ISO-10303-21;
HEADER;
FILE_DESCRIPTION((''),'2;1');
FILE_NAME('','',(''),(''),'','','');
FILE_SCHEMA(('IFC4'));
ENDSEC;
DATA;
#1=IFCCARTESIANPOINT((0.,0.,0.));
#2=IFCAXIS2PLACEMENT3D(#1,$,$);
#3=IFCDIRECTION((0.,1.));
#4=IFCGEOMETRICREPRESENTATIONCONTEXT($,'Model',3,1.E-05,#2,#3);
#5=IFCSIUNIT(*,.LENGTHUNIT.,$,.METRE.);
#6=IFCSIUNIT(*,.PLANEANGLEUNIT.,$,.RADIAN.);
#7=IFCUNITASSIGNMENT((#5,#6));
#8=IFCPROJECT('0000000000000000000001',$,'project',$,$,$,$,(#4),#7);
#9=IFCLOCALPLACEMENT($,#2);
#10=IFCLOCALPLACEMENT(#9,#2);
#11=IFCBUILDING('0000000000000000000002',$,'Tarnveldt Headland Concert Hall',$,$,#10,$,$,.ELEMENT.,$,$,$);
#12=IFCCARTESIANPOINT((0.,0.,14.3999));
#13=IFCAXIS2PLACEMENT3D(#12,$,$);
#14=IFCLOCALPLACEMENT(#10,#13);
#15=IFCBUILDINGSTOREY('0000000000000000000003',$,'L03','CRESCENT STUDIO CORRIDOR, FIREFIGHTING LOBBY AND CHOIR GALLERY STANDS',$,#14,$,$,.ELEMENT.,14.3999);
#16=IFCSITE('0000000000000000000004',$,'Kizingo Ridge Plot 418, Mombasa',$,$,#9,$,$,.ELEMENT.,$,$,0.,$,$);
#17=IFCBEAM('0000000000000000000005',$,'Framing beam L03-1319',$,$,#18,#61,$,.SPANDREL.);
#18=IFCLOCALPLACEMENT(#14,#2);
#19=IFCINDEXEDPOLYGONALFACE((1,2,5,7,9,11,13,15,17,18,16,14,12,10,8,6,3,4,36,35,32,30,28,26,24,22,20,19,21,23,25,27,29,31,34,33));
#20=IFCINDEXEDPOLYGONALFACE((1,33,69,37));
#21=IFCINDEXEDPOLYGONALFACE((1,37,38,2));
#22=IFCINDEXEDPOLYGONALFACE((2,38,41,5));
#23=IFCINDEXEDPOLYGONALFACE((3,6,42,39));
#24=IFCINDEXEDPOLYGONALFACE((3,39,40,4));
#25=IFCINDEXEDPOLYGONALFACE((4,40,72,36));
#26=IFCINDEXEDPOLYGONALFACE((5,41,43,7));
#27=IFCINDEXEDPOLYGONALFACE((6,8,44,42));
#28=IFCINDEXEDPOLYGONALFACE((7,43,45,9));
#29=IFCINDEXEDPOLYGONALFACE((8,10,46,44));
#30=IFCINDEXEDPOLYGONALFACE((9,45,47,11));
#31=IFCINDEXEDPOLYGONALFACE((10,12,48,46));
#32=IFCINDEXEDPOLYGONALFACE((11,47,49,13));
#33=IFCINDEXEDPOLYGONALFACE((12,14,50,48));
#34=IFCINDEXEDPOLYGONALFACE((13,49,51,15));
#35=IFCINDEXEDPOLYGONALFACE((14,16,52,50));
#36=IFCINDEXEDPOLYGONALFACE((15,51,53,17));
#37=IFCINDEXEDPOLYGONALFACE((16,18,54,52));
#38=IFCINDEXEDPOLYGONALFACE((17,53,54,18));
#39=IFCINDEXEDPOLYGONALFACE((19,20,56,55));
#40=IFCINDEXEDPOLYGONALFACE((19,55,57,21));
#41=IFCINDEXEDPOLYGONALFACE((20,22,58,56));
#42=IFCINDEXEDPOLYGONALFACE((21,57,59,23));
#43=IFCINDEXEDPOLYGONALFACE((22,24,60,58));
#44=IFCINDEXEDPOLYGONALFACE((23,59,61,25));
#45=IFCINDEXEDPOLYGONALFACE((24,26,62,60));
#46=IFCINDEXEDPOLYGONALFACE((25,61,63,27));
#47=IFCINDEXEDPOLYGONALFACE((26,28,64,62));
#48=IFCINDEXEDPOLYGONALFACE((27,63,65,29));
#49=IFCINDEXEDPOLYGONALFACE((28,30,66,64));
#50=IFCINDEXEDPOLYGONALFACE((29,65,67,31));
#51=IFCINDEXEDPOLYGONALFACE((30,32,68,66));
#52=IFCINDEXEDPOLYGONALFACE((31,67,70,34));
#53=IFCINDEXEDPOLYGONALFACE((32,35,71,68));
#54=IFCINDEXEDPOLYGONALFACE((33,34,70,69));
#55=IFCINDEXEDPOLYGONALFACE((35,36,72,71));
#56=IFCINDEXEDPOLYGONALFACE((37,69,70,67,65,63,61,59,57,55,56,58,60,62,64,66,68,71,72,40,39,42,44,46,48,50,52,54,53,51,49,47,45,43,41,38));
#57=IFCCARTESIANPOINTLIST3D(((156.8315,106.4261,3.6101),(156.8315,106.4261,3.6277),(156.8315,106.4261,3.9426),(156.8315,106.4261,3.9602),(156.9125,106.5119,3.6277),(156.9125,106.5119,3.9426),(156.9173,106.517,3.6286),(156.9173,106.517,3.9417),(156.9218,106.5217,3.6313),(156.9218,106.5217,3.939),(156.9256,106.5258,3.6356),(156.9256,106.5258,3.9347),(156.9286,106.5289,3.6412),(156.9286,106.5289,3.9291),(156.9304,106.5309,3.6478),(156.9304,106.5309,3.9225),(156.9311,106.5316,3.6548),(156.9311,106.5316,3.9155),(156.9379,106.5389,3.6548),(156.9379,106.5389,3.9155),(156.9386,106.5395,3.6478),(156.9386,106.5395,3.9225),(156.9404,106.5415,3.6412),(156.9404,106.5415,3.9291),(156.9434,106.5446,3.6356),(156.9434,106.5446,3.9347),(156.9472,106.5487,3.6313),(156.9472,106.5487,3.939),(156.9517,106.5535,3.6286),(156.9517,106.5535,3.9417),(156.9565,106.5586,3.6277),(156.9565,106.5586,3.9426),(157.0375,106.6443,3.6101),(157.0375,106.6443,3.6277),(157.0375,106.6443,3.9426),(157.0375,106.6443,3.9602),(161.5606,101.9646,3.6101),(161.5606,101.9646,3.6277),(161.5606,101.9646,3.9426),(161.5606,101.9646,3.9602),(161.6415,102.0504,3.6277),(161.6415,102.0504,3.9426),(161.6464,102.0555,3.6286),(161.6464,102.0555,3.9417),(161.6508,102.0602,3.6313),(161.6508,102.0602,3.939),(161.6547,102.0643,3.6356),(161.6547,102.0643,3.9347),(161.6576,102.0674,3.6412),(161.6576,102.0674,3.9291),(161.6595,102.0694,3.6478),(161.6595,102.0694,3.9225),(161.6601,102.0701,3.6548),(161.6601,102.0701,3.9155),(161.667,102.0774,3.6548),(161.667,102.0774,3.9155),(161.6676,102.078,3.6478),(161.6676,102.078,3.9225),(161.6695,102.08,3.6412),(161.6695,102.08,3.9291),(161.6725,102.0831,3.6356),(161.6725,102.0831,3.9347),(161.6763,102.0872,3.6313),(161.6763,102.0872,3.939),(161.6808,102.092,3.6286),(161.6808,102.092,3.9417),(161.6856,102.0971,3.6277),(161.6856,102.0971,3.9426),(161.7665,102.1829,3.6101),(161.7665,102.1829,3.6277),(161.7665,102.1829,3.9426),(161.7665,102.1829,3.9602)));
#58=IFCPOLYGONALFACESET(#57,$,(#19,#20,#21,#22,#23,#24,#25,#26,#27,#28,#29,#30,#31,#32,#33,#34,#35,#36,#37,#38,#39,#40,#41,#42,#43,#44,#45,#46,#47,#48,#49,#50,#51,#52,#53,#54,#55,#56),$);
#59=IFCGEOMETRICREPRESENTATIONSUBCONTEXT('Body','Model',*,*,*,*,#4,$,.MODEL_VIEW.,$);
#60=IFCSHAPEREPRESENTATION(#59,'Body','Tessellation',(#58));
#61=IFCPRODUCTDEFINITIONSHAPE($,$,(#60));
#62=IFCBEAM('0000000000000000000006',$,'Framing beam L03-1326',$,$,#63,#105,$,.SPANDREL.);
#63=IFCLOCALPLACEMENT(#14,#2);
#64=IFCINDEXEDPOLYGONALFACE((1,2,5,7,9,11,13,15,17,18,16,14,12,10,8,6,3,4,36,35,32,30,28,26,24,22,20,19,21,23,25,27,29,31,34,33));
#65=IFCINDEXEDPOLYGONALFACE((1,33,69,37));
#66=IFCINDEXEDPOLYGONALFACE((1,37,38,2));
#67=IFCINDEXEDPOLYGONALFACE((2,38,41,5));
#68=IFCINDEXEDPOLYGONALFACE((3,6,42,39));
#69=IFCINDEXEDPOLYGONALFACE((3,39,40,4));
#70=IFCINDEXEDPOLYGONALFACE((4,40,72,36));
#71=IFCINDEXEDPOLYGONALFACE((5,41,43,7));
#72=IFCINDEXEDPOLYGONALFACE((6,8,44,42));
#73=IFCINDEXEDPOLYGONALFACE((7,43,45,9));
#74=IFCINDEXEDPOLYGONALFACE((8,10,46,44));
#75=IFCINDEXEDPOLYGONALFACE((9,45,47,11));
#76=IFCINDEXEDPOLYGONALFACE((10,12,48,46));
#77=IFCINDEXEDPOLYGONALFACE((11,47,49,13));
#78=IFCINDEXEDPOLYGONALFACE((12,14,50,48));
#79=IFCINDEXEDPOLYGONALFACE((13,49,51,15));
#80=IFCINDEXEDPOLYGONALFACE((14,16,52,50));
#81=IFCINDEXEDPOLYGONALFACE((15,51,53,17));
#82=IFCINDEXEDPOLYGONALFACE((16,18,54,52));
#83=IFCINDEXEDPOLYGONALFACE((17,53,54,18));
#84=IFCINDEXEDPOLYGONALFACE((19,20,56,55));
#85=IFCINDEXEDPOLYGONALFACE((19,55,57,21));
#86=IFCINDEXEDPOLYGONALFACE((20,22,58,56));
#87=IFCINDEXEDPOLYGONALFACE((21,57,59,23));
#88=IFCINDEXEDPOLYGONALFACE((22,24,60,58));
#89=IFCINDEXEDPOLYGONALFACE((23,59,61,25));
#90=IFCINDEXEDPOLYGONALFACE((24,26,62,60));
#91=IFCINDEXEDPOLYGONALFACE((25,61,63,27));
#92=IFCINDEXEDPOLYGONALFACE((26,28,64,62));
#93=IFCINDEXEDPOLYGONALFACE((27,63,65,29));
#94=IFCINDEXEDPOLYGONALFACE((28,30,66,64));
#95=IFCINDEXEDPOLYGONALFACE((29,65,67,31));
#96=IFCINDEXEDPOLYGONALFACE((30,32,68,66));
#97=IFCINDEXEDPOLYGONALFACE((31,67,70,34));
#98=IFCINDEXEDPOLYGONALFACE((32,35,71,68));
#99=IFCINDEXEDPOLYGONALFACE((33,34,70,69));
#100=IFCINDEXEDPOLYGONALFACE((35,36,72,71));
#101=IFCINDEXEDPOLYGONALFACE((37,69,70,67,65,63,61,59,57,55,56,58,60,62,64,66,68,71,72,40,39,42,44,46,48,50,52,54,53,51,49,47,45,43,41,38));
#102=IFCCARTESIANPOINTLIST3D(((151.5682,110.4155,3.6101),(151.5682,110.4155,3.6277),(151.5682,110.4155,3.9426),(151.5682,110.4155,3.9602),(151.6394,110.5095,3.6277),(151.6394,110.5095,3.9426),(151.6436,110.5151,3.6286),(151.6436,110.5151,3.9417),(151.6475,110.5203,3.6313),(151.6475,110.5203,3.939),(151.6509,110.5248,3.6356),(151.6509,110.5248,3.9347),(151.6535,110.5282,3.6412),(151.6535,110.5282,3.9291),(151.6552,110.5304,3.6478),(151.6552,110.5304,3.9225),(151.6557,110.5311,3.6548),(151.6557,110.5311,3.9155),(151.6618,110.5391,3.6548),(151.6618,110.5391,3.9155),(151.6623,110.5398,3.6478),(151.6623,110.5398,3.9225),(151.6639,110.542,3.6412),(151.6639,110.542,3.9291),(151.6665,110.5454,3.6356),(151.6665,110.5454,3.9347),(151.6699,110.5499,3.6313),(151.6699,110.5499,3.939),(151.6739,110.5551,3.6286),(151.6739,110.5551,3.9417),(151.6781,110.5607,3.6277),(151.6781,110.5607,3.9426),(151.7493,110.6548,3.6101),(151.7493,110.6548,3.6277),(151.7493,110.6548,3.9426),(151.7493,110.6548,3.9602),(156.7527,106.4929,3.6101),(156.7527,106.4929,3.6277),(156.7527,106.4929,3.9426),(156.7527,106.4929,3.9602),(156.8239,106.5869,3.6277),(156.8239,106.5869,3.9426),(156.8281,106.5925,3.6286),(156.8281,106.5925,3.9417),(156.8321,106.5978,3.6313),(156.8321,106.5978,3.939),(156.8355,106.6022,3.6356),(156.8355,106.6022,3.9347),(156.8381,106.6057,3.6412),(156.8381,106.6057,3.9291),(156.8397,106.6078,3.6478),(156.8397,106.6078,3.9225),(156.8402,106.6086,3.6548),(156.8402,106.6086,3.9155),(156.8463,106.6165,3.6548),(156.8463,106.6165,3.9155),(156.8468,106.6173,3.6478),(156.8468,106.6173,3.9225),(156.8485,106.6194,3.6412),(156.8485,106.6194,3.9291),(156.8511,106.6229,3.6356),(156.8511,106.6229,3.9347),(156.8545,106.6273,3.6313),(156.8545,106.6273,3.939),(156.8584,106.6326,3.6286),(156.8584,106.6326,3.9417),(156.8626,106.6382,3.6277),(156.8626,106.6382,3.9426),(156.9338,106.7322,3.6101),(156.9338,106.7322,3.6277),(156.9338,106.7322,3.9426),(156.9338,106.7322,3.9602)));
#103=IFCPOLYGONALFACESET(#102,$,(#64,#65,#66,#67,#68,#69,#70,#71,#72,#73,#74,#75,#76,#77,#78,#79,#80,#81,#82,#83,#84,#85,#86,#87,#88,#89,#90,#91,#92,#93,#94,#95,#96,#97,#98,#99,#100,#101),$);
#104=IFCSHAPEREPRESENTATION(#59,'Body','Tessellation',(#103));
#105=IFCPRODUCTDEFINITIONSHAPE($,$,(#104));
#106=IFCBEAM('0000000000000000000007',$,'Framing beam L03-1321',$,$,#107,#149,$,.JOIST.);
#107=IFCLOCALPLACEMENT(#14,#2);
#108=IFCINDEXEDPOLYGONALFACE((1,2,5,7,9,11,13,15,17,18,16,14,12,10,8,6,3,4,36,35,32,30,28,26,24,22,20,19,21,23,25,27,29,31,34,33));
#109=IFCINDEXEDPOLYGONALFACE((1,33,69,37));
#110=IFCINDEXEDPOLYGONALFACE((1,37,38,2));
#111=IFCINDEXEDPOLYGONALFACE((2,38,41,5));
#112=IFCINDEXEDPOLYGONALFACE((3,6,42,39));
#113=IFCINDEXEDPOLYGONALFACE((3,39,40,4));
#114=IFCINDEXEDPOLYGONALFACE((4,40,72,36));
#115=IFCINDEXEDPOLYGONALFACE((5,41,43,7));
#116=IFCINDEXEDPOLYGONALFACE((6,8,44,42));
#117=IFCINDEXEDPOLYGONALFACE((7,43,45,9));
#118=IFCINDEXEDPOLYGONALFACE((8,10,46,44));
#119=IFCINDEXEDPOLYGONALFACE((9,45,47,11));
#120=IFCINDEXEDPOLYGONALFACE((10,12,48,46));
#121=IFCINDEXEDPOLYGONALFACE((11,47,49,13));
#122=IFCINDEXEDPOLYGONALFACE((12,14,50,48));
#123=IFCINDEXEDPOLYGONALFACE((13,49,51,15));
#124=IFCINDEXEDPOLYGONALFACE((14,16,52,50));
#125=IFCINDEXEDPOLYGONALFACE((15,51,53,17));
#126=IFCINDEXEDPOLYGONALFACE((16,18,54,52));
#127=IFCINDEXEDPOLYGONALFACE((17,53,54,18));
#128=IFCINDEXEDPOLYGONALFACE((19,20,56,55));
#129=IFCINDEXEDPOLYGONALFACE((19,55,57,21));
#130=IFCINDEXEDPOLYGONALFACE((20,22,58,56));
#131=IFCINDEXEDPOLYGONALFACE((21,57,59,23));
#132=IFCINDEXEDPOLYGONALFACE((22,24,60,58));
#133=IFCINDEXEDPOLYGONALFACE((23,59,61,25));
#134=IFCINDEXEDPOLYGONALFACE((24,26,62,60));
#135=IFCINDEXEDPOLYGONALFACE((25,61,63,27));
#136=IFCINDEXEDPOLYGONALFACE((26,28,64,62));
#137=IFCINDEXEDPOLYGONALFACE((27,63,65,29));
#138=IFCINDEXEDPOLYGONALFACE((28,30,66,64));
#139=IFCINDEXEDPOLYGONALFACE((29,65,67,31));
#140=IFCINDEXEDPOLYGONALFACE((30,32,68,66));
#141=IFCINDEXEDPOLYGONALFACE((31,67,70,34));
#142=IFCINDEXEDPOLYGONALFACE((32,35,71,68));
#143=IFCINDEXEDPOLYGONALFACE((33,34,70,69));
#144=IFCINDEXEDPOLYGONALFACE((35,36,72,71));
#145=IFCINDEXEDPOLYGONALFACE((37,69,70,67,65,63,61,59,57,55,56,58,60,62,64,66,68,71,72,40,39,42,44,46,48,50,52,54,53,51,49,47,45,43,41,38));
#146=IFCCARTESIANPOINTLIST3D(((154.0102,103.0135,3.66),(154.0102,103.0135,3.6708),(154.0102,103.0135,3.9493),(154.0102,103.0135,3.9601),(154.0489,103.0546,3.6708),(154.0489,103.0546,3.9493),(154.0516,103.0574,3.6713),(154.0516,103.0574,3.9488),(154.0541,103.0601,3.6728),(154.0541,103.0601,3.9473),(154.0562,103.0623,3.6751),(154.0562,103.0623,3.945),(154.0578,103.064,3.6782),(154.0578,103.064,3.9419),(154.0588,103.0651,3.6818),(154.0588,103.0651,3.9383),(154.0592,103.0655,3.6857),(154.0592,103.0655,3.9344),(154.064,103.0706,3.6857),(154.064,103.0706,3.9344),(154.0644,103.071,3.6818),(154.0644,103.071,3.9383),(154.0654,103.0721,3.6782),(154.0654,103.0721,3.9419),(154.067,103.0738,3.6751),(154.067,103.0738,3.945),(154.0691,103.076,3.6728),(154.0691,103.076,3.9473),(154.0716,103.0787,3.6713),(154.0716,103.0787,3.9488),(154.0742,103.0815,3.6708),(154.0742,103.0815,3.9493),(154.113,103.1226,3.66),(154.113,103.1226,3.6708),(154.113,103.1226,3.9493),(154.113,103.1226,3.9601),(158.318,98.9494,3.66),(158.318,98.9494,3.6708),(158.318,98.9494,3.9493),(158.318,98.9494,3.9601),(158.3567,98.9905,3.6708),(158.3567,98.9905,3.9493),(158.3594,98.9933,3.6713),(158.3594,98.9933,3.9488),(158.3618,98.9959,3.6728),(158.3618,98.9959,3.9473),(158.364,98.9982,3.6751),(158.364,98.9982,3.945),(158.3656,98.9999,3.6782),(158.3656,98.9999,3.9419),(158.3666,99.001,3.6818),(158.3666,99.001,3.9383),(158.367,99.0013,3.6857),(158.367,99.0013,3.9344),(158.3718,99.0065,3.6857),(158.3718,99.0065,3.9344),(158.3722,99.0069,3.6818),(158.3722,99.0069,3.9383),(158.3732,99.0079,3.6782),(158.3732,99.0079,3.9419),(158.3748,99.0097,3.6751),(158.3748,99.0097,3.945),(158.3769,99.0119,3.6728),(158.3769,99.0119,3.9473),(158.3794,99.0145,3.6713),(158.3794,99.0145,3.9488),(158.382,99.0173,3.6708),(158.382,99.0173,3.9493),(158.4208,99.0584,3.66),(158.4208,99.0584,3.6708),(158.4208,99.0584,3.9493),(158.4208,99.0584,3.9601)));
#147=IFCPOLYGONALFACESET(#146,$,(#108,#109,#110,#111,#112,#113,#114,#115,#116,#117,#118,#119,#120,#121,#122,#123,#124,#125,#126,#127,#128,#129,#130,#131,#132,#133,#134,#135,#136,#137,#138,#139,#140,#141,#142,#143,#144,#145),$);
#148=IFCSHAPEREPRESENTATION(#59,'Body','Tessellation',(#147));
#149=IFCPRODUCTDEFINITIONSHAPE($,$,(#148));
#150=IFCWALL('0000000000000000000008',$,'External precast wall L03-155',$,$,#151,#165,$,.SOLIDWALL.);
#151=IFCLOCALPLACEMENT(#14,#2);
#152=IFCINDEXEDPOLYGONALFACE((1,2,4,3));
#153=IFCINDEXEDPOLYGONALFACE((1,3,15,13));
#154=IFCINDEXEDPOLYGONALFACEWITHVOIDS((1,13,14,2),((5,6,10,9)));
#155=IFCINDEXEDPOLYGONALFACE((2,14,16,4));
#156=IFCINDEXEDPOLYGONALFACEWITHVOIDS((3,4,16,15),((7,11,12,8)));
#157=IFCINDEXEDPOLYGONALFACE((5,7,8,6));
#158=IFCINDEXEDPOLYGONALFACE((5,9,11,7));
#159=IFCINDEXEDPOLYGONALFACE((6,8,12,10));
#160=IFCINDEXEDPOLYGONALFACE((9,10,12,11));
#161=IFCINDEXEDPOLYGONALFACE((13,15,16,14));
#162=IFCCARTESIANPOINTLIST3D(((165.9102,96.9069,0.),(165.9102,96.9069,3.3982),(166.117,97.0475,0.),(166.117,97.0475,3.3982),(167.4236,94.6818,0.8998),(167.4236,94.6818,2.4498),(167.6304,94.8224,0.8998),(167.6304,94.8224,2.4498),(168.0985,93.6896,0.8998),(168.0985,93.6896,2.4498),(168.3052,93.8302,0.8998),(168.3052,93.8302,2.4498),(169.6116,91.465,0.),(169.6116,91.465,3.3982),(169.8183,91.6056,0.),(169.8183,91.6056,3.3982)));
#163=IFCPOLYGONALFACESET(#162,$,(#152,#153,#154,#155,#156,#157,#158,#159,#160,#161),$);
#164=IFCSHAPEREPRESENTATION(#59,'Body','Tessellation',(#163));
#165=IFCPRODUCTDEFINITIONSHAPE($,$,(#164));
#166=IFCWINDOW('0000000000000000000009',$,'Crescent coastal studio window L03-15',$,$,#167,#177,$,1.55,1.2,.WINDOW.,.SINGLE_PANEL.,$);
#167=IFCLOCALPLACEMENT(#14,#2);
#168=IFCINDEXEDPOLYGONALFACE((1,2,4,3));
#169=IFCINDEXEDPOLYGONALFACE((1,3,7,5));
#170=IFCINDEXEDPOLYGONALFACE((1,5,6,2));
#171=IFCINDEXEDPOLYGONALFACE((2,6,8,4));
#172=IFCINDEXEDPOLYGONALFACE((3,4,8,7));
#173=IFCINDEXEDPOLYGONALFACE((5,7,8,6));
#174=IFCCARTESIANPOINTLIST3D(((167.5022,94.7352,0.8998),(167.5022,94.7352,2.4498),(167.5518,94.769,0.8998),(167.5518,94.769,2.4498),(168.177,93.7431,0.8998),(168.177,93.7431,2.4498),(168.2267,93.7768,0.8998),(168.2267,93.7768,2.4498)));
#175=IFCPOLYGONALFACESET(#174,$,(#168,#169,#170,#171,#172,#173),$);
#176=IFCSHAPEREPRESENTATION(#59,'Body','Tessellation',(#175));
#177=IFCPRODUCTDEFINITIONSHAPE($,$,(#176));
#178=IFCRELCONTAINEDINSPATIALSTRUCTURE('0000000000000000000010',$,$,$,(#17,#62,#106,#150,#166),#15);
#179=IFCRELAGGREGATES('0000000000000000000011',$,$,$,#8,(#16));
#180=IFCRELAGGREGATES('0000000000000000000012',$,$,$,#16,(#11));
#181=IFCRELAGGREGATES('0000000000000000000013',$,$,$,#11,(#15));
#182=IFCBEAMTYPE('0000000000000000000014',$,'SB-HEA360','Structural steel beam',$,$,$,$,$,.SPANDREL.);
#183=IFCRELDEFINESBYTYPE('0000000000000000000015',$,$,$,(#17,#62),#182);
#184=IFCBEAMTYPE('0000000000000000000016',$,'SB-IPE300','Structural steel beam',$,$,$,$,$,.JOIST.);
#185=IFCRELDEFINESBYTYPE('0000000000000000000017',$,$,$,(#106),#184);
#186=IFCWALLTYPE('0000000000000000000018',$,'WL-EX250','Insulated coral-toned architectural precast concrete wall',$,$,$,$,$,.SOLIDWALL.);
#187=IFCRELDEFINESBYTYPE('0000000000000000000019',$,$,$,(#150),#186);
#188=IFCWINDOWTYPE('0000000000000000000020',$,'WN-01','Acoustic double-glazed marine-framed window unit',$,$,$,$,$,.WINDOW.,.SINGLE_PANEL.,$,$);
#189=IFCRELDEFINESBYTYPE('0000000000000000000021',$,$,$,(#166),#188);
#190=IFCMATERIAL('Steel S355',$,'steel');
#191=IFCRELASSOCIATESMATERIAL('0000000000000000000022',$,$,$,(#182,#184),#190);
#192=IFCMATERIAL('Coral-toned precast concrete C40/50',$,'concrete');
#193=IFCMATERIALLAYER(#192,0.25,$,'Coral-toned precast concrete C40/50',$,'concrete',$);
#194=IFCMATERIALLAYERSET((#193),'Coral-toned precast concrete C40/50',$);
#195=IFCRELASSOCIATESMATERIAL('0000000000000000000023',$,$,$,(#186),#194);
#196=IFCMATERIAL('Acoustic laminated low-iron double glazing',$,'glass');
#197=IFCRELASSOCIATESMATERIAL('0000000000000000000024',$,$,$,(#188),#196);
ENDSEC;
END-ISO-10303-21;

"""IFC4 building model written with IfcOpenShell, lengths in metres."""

from ifc_helpers import new_model, si_unit, direction, frame, frame_2d, origin, origin_2d, place, context, subcontext, project, spatial, rectangle, i_section, extrude, material, layer, layer_set, material_profile, profile_set, type_object, element, fill, save


model = new_model("IFC4")

# Units and contexts
model_context = context("Model", 3, precision=1e-05, world=origin(), true_north=direction((0.0, 1.0)))
body_context = subcontext(model_context, "Body", "Model", "MODEL_VIEW")
ifc_project = project(units=[si_unit("LENGTHUNIT", "METRE"), si_unit("PLANEANGLEUNIT", "RADIAN")], contexts=[model_context])

# Site, building, storey
site_placement = place(None, origin())
site = spatial("IfcSite", under=ifc_project, at=site_placement, Name="Kizingo Ridge Plot 418, Mombasa", CompositionType="ELEMENT", RefElevation=0.0)
building_placement = place(site_placement, origin())
building = spatial("IfcBuilding", under=site, at=building_placement, Name="Tarnveldt Headland Concert Hall", CompositionType="ELEMENT")
storey_placement = place(building_placement, frame((0.0, 0.0, 14.3999)))
storey = spatial("IfcBuildingStorey", under=building, at=storey_placement, Name="L03", Description="CRESCENT STUDIO CORRIDOR, FIREFIGHTING LOBBY AND CHOIR GALLERY STANDS", CompositionType="ELEMENT", Elevation=14.3999)

# Shared definitions
ifc_material_1 = material(Name="Steel S355", Category="steel")

# Beams
ifc_material_profile_1 = material_profile(ifc_material_1, i_section(OverallWidth=0.3, OverallDepth=0.3501, WebThickness=0.01, FlangeThickness=0.0176, FilletRadius=0.0271, at=origin_2d()), Name="HEA360", Category="steel")
ifc_profile_set_1 = profile_set([ifc_material_profile_1], Name="Steel S355")
beam_type_1 = type_object("IfcBeamType", Name="SB-HEA360", Description="Structural steel beam", PredefinedType="SPANDREL", material=ifc_profile_set_1)
beam_1_placement = place(storey_placement, frame((161.6636, 102.0737, 3.7852), z_axis=(-0.727386, 0.686229, 0.0), x_axis=(-0.686229, -0.727386, 0.0)))
element("IfcBeam", 1, at=beam_1_placement, inside=storey, type_object=beam_type_1, Name="Framing beam L03-1319", PredefinedType="SPANDREL", context=body_context, shape_type="SweptSolid", body=[
    extrude(i_section(OverallWidth=0.3, OverallDepth=0.3501, WebThickness=0.01, FlangeThickness=0.0176, FilletRadius=0.0271, at=origin_2d()), origin(), (0.0, 0.0, 1.0), 6.5015),
])
beam_2_placement = place(storey_placement, frame((156.8433, 106.6125, 3.7852), z_axis=(-0.797469, 0.603359, 0.0), x_axis=(-0.603359, -0.797469, 0.0)))
element("IfcBeam", 2, at=beam_2_placement, inside=storey, type_object=beam_type_1, Name="Framing beam L03-1326", PredefinedType="SPANDREL", context=body_context, shape_type="SweptSolid", body=[
    extrude(i_section(OverallWidth=0.3, OverallDepth=0.3501, WebThickness=0.01, FlangeThickness=0.0176, FilletRadius=0.0271, at=origin_2d()), origin(), (0.0, 0.0, 1.0), 6.5012),
])
ifc_material_profile_2 = material_profile(ifc_material_1, i_section(OverallWidth=0.1499, OverallDepth=0.3, WebThickness=0.0071, FlangeThickness=0.0107, FilletRadius=0.0149, at=origin_2d()), Name="IPE300", Category="steel")
ifc_profile_set_2 = profile_set([ifc_material_profile_2], Name="Steel S355")
beam_type_2 = type_object("IfcBeamType", Name="SB-IPE300", Description="Structural steel beam", PredefinedType="JOIST", material=ifc_profile_set_2)
beam_3_placement = place(storey_placement, frame((158.3694, 99.0039, 3.8101), z_axis=(-0.727378, 0.686237, 0.0), x_axis=(-0.686237, -0.727378, 0.0)))
element("IfcBeam", 3, at=beam_3_placement, inside=storey, type_object=beam_type_2, Name="Framing beam L03-1321", PredefinedType="JOIST", context=body_context, shape_type="SweptSolid", body=[
    extrude(i_section(OverallWidth=0.1499, OverallDepth=0.3, WebThickness=0.0071, FlangeThickness=0.0107, FilletRadius=0.0149, at=origin_2d()), origin(), (0.0, 0.0, 1.0), 5.9224),
])

# Wall, opening, window
ifc_material_2 = material(Name="Coral-toned precast concrete C40/50", Category="concrete")
ifc_layer_1 = layer(ifc_material_2, 0.25, Name="Coral-toned precast concrete C40/50", Category="concrete")
ifc_layer_set_1 = layer_set([ifc_layer_1], Name="Coral-toned precast concrete C40/50")
wall_type = type_object("IfcWallType", Name="WL-EX250", Description="Insulated coral-toned architectural precast concrete wall", PredefinedType="SOLIDWALL", material=ifc_layer_set_1)
wall_1_placement = place(storey_placement, frame((166.0137, 96.9771, 0.0), z_axis=(0.0, 0.0, 1.0), x_axis=(0.562406, -0.826861, 0.0)))
wall_1 = element("IfcWall", 4, at=wall_1_placement, inside=storey, type_object=wall_type, Name="External precast wall L03-155", PredefinedType="SOLIDWALL", context=body_context, shape_type="SweptSolid", body=[
    extrude(rectangle(XDim=6.5813, YDim=0.25, at=frame_2d((3.2905, 0.0))), origin(), (0.0, 0.0, 1.0), 3.3982),
])
opening_1_placement = place(wall_1_placement, frame((2.6907, 0.0, 0.8999)))
opening_1 = element("IfcOpeningElement", 5, at=opening_1_placement, cuts=wall_1, PredefinedType="OPENING", context=body_context, shape_type="SweptSolid", body=[
    extrude(rectangle(XDim=1.2, YDim=1.55, at=frame_2d((0.6001, 0.7749))), frame((0.0, 0.135, 0.0), z_axis=(0.0, -1.0, 0.0), x_axis=(1.0, 0.0, 0.0)), (0.0, 0.0, 1.0), 0.27),
])
ifc_material_3 = material(Name="Acoustic laminated low-iron double glazing", Category="glass")
window_type_1 = type_object("IfcWindowType", Name="WN-01", Description="Acoustic double-glazed marine-framed window unit", PartitioningType="SINGLE_PANEL", PredefinedType="WINDOW", material=ifc_material_3)
window_1_placement = place(opening_1_placement, origin())
window_1 = element("IfcWindow", 6, at=window_1_placement, inside=storey, type_object=window_type_1, Name="Crescent coastal studio window L03-15", OverallHeight=1.55, OverallWidth=1.2, PartitioningType="SINGLE_PANEL", PredefinedType="WINDOW", context=body_context, shape_type="SweptSolid", body=[
    extrude(rectangle(XDim=1.2, YDim=1.55, at=frame_2d((0.6001, 0.7749))), frame((0.0, 0.03, 0.0), z_axis=(0.0, -1.0, 0.0), x_axis=(1.0, 0.0, 0.0)), (0.0, 0.0, 1.0), 0.0601),
])
fill(opening_1, window_1)

save(model, "model.ifc")
